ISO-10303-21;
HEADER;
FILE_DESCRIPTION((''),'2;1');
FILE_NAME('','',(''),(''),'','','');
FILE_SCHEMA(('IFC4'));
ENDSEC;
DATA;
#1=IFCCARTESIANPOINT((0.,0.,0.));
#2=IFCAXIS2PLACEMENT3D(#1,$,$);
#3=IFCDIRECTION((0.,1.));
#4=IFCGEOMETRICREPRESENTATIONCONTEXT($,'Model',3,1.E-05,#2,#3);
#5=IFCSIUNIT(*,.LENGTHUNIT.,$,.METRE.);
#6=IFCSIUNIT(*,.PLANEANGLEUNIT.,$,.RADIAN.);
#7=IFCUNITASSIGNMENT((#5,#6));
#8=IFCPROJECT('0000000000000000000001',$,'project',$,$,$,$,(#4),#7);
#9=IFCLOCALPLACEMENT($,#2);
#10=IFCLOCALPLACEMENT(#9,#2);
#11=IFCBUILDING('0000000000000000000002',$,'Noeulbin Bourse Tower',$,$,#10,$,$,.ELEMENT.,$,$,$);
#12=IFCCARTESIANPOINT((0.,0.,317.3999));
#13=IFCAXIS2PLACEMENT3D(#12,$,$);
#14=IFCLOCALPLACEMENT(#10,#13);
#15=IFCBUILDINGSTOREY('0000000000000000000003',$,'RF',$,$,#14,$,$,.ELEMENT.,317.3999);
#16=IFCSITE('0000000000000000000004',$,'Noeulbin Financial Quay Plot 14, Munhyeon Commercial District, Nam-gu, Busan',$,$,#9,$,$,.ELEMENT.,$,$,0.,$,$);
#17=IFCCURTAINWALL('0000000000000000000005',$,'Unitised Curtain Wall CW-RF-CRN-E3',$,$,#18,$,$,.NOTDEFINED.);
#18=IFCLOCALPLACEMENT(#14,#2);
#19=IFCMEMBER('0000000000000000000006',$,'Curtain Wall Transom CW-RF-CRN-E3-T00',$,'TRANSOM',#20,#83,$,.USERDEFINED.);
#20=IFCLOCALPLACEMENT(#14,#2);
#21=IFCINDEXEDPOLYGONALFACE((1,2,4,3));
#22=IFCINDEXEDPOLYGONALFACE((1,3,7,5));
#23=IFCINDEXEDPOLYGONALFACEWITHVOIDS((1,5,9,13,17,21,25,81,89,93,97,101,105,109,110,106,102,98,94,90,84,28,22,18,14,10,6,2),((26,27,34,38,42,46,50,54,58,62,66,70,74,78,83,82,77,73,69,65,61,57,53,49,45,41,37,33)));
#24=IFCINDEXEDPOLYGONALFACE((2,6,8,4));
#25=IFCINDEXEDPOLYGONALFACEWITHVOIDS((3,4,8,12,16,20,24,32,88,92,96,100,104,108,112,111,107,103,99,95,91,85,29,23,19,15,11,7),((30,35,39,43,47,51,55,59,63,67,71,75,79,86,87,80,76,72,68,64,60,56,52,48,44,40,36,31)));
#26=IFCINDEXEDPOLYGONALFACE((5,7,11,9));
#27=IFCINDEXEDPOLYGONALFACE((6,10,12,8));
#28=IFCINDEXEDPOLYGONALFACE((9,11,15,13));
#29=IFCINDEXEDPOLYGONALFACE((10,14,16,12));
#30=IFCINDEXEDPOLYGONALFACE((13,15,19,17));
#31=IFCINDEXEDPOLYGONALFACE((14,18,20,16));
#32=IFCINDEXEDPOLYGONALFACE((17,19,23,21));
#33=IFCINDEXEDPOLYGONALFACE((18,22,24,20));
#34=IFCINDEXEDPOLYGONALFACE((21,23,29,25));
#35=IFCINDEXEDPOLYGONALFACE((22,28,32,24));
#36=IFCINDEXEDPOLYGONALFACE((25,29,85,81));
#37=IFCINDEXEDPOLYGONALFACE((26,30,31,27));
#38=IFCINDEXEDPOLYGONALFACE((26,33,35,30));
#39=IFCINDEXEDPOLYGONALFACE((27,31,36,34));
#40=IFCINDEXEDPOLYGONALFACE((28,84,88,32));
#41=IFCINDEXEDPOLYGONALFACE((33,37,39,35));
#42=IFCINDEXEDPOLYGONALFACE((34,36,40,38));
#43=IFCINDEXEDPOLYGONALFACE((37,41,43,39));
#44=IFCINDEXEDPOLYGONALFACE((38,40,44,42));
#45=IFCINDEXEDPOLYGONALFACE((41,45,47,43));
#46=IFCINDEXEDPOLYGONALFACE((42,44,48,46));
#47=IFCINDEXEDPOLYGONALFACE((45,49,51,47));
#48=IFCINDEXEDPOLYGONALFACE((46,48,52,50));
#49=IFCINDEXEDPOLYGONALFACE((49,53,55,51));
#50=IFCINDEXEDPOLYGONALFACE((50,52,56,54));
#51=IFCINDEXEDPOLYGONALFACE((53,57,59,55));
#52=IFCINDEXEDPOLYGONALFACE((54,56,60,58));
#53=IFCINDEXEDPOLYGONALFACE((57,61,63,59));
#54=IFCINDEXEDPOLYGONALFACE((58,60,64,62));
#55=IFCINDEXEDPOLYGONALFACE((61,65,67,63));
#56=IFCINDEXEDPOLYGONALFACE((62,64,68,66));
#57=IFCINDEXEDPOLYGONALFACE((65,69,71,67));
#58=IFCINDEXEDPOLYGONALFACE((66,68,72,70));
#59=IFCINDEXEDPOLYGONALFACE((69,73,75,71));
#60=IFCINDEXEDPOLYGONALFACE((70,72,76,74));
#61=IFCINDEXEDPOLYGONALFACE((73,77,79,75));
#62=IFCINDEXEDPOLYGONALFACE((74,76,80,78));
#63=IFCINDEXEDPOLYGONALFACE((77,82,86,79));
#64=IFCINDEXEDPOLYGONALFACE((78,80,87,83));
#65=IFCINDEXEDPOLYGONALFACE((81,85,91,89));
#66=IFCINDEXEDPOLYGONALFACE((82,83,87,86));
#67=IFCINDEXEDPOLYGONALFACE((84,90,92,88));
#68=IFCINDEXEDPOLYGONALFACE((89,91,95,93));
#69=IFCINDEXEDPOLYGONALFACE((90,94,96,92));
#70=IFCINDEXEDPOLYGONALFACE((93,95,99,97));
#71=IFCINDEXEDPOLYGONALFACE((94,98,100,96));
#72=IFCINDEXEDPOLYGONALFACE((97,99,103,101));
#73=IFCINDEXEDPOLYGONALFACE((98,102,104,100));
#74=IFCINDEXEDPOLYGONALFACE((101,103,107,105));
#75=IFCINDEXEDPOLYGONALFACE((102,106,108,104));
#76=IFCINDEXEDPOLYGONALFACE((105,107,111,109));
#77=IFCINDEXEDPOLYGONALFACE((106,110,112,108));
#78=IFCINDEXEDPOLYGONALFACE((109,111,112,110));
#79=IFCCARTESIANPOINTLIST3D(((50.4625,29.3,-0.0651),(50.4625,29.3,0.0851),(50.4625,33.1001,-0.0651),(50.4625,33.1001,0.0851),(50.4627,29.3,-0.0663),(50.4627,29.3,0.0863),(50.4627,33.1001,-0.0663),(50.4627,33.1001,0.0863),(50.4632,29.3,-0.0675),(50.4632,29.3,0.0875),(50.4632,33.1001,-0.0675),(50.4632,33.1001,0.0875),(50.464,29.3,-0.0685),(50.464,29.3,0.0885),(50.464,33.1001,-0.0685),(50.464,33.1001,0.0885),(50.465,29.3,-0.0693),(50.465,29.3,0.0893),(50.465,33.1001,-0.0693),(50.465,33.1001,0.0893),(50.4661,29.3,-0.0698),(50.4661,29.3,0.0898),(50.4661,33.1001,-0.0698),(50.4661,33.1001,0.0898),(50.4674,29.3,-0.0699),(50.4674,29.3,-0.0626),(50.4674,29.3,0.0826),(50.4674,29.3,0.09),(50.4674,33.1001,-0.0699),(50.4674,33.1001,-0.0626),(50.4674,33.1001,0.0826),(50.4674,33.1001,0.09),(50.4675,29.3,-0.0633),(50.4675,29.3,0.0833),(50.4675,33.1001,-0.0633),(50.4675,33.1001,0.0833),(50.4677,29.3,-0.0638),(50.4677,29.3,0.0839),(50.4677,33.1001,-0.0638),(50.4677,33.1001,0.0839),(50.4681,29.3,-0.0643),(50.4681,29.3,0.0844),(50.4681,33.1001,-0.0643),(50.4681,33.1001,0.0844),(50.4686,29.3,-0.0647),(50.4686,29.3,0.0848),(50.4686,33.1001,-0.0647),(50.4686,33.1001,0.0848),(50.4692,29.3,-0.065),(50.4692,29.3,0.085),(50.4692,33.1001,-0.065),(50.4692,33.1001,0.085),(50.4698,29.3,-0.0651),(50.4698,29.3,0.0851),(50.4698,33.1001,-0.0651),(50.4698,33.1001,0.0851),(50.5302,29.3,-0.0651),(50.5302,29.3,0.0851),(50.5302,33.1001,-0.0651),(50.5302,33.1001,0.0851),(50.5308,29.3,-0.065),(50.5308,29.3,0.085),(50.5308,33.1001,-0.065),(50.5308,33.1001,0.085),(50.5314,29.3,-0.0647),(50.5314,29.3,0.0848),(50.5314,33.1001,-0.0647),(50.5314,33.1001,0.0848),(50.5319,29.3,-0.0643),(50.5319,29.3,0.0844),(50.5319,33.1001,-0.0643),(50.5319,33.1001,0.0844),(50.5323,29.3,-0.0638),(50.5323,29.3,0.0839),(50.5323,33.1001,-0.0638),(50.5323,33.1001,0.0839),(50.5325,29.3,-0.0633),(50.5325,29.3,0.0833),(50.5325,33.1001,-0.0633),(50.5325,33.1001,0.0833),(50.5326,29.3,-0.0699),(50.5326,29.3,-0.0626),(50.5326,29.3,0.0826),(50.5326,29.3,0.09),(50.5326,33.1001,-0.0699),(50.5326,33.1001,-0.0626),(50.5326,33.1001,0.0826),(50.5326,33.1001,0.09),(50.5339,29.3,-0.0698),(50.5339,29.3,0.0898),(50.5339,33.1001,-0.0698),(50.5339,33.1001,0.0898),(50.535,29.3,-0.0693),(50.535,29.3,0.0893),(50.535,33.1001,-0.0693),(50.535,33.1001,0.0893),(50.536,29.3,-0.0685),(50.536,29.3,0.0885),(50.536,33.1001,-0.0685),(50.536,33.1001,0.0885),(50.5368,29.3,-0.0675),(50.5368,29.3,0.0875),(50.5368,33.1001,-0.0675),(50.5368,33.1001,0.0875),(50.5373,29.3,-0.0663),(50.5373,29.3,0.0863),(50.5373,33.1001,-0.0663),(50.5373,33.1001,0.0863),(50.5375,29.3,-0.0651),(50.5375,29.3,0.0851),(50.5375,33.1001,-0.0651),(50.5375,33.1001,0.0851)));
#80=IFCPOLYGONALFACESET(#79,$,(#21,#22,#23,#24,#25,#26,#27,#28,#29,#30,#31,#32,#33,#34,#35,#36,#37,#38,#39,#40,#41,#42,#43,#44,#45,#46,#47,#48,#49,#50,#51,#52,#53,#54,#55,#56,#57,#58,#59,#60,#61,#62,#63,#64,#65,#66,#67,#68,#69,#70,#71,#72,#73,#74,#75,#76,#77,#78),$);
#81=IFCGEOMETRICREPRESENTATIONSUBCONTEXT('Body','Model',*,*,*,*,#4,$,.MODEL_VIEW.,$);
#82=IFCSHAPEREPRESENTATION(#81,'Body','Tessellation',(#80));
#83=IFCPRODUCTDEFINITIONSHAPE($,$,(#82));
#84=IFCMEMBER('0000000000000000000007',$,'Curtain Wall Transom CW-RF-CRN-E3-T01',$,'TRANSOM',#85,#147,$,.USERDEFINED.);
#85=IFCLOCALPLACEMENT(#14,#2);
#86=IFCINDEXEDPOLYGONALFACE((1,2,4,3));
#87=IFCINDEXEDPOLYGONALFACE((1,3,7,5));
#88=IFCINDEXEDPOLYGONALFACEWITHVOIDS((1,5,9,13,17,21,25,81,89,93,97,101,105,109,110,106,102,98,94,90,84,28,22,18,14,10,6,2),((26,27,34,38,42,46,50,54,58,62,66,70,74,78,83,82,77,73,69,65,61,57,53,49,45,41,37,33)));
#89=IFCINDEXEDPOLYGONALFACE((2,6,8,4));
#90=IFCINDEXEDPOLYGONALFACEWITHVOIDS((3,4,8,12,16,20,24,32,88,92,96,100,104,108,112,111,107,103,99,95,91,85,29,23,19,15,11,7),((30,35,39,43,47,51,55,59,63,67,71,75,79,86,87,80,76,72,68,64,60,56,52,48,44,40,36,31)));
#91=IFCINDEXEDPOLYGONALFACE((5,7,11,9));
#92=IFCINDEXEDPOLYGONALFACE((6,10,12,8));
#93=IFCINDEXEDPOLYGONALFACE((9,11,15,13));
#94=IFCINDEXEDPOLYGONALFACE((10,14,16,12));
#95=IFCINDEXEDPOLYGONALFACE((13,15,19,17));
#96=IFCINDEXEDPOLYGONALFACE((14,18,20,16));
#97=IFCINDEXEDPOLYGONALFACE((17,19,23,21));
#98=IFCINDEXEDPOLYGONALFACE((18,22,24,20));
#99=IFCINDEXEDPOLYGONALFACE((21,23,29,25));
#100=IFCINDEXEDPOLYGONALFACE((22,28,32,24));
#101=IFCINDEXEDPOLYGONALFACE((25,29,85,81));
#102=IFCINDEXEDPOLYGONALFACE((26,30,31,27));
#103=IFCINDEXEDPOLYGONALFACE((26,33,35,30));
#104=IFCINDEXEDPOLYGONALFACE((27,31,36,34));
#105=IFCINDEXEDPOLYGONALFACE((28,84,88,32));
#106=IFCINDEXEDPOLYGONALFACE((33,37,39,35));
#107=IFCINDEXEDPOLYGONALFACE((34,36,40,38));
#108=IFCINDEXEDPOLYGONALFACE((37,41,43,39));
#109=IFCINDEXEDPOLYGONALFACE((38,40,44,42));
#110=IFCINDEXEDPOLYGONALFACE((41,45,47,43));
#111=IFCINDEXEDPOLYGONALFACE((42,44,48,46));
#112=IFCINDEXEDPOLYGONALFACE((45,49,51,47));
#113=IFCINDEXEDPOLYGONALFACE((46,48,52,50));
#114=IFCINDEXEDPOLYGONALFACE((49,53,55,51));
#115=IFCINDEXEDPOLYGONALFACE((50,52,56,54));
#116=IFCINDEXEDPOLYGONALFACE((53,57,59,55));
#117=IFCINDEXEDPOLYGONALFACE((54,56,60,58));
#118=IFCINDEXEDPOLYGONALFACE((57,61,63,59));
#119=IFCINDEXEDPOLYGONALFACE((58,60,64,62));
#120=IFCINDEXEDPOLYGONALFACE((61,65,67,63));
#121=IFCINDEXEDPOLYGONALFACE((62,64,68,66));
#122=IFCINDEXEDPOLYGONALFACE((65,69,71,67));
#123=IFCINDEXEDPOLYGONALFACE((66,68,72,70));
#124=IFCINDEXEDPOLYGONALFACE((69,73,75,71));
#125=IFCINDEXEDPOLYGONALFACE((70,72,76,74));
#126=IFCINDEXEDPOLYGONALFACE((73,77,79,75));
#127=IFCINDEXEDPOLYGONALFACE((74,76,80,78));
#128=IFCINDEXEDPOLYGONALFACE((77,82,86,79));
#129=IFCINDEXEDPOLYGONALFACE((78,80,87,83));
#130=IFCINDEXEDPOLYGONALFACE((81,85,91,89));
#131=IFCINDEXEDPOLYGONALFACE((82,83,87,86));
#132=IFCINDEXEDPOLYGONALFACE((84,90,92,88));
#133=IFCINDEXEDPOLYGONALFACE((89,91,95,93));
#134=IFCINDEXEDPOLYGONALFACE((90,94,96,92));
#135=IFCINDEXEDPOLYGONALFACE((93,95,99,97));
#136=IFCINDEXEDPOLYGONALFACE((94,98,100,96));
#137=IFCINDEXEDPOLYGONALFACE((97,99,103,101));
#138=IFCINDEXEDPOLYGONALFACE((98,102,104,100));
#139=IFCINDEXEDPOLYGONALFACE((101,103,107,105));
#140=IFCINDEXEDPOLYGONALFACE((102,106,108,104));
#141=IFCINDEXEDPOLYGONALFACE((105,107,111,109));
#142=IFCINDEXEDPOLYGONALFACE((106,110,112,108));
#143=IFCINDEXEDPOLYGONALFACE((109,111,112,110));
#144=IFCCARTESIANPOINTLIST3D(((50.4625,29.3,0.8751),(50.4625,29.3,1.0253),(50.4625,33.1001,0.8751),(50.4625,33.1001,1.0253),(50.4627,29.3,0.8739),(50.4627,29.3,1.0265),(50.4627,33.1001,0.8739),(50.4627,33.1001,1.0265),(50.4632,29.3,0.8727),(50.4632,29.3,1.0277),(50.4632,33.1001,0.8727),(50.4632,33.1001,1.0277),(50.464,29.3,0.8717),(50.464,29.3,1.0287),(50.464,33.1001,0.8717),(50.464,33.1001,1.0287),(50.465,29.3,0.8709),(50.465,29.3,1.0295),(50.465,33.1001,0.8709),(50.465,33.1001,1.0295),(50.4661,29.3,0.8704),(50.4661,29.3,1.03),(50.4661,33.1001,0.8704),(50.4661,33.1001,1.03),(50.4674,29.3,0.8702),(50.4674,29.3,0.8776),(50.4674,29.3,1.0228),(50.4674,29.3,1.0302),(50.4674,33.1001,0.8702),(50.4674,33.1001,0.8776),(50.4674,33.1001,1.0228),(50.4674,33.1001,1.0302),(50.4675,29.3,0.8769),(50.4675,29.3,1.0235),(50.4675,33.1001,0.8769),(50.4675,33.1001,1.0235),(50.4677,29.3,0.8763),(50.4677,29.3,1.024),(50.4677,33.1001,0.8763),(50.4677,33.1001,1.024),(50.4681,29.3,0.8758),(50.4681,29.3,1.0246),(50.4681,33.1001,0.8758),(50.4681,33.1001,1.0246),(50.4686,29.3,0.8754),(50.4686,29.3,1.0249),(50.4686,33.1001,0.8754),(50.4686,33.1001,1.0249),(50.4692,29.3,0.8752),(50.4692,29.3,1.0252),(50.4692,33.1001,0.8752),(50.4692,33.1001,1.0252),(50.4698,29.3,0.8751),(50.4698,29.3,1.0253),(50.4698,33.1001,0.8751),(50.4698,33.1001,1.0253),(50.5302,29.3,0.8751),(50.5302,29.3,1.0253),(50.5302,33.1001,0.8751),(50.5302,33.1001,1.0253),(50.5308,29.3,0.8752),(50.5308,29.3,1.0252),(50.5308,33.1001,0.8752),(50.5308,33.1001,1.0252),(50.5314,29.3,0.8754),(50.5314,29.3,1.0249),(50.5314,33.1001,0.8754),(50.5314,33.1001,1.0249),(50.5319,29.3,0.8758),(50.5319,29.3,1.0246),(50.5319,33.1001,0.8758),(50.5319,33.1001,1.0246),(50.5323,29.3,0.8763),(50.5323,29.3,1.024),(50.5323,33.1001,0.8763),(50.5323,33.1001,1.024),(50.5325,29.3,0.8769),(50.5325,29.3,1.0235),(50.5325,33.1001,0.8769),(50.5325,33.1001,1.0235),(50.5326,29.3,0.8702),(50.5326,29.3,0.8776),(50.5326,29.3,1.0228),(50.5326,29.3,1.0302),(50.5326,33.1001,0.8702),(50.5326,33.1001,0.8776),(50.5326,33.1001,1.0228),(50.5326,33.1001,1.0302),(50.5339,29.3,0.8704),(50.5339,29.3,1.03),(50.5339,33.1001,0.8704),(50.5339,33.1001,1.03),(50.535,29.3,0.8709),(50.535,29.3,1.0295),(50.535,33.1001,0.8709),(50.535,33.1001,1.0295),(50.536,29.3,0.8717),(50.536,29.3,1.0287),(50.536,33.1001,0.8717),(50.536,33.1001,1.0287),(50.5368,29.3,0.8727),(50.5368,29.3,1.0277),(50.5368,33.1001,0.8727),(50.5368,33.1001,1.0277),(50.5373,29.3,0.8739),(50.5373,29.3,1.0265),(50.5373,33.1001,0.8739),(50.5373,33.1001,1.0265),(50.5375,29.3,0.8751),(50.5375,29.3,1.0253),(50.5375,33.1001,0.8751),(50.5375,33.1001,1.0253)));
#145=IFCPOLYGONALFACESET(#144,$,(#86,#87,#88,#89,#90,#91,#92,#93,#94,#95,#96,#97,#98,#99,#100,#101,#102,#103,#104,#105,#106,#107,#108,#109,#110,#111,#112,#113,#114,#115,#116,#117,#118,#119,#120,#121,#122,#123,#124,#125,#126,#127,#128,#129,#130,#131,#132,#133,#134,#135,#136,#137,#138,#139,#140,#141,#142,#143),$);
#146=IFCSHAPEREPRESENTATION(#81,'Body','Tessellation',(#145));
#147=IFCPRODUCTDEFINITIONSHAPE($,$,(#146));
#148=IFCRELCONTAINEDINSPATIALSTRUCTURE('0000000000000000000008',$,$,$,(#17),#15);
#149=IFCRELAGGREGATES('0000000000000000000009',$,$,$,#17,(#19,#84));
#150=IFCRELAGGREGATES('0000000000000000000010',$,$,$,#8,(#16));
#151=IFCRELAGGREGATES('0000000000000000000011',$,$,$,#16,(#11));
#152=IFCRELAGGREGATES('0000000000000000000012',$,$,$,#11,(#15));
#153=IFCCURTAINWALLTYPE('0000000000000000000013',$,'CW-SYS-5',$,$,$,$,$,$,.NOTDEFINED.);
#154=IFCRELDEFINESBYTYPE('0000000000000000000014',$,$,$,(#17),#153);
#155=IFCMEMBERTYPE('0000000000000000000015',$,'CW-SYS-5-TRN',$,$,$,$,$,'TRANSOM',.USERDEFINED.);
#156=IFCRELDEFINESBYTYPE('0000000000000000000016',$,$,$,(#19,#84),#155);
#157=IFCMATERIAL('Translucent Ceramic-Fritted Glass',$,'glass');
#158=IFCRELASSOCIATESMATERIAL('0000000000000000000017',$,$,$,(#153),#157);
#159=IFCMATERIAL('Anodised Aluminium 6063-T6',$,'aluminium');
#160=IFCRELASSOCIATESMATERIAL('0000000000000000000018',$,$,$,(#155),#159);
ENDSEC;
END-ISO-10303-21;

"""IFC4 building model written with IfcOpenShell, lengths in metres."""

from ifc_helpers import new_model, si_unit, direction, frame, origin, origin_2d, place, context, subcontext, project, spatial, hollow_rectangle, extrude, material, material_profile, profile_set, type_object, element, aggregate, save


model = new_model("IFC4")

# Units and contexts
model_context = context("Model", 3, precision=1e-05, world=origin(), true_north=direction((0.0, 1.0)))
body_context = subcontext(model_context, "Body", "Model", "MODEL_VIEW")
ifc_project = project(units=[si_unit("LENGTHUNIT", "METRE"), si_unit("PLANEANGLEUNIT", "RADIAN")], contexts=[model_context])

# Site, building, storey
site_placement = place(None, origin())
site = spatial("IfcSite", under=ifc_project, at=site_placement, Name="Noeulbin Financial Quay Plot 14, Munhyeon Commercial District, Nam-gu, Busan", CompositionType="ELEMENT", RefElevation=0.0)
building_placement = place(site_placement, origin())
building = spatial("IfcBuilding", under=site, at=building_placement, Name="Noeulbin Bourse Tower", CompositionType="ELEMENT")
storey_placement = place(building_placement, frame((0.0, 0.0, 317.3999)))
storey = spatial("IfcBuildingStorey", under=building, at=storey_placement, Name="RF", CompositionType="ELEMENT", Elevation=317.3999)

# Curtain wall
ifc_material_1 = material(Name="Translucent Ceramic-Fritted Glass", Category="glass")
curtain_wall_type = type_object("IfcCurtainWallType", Name="CW-SYS-5", PredefinedType="NOTDEFINED", material=ifc_material_1)
ifc_material_2 = material(Name="Anodised Aluminium 6063-T6", Category="aluminium")
curtain_wall_1_placement = place(storey_placement, origin())
curtain_wall_1 = element("IfcCurtainWall", 1, at=curtain_wall_1_placement, inside=storey, type_object=curtain_wall_type, Name="Unitised Curtain Wall CW-RF-CRN-E3", PredefinedType="NOTDEFINED")

# Members
ifc_material_profile_1 = material_profile(ifc_material_2, hollow_rectangle(XDim=0.075, YDim=0.1599, WallThickness=0.0049, InnerFilletRadius=0.0024, OuterFilletRadius=0.0049, at=origin_2d()), Name="ALU-TRAN-75x160x5", Category="LoadBearing")
ifc_profile_set_1 = profile_set([ifc_material_profile_1], Name="Anodised Aluminium 6063-T6")
member_type_1 = type_object("IfcMemberType", Name="CW-SYS-5-TRN", ElementType="TRANSOM", PredefinedType="USERDEFINED", material=ifc_profile_set_1)
member_1_placement = place(storey_placement, frame((50.5, 29.3, 0.01), z_axis=(0.0, 1.0, 0.0), x_axis=(-1.0, 0.0, 0.0)))
member_1 = element("IfcMember", 2, at=member_1_placement, type_object=member_type_1, Name="Curtain Wall Transom CW-RF-CRN-E3-T00", ObjectType="TRANSOM", PredefinedType="USERDEFINED", context=body_context, shape_type="SweptSolid", body=[
    extrude(hollow_rectangle(XDim=0.075, YDim=0.1599, WallThickness=0.0049, InnerFilletRadius=0.0024, OuterFilletRadius=0.0049, at=origin_2d()), origin(), (0.0, 0.0, 1.0), 3.8),
])
member_2_placement = place(storey_placement, frame((50.5, 29.3, 0.9502), z_axis=(0.0, 1.0, 0.0), x_axis=(-1.0, 0.0, 0.0)))
member_2 = element("IfcMember", 3, at=member_2_placement, type_object=member_type_1, Name="Curtain Wall Transom CW-RF-CRN-E3-T01", ObjectType="TRANSOM", PredefinedType="USERDEFINED", context=body_context, shape_type="SweptSolid", body=[
    extrude(hollow_rectangle(XDim=0.075, YDim=0.1599, WallThickness=0.0049, InnerFilletRadius=0.0024, OuterFilletRadius=0.0049, at=origin_2d()), origin(), (0.0, 0.0, 1.0), 3.8),
])

aggregate(curtain_wall_1, [member_1, member_2])

save(model, "model.ifc")
